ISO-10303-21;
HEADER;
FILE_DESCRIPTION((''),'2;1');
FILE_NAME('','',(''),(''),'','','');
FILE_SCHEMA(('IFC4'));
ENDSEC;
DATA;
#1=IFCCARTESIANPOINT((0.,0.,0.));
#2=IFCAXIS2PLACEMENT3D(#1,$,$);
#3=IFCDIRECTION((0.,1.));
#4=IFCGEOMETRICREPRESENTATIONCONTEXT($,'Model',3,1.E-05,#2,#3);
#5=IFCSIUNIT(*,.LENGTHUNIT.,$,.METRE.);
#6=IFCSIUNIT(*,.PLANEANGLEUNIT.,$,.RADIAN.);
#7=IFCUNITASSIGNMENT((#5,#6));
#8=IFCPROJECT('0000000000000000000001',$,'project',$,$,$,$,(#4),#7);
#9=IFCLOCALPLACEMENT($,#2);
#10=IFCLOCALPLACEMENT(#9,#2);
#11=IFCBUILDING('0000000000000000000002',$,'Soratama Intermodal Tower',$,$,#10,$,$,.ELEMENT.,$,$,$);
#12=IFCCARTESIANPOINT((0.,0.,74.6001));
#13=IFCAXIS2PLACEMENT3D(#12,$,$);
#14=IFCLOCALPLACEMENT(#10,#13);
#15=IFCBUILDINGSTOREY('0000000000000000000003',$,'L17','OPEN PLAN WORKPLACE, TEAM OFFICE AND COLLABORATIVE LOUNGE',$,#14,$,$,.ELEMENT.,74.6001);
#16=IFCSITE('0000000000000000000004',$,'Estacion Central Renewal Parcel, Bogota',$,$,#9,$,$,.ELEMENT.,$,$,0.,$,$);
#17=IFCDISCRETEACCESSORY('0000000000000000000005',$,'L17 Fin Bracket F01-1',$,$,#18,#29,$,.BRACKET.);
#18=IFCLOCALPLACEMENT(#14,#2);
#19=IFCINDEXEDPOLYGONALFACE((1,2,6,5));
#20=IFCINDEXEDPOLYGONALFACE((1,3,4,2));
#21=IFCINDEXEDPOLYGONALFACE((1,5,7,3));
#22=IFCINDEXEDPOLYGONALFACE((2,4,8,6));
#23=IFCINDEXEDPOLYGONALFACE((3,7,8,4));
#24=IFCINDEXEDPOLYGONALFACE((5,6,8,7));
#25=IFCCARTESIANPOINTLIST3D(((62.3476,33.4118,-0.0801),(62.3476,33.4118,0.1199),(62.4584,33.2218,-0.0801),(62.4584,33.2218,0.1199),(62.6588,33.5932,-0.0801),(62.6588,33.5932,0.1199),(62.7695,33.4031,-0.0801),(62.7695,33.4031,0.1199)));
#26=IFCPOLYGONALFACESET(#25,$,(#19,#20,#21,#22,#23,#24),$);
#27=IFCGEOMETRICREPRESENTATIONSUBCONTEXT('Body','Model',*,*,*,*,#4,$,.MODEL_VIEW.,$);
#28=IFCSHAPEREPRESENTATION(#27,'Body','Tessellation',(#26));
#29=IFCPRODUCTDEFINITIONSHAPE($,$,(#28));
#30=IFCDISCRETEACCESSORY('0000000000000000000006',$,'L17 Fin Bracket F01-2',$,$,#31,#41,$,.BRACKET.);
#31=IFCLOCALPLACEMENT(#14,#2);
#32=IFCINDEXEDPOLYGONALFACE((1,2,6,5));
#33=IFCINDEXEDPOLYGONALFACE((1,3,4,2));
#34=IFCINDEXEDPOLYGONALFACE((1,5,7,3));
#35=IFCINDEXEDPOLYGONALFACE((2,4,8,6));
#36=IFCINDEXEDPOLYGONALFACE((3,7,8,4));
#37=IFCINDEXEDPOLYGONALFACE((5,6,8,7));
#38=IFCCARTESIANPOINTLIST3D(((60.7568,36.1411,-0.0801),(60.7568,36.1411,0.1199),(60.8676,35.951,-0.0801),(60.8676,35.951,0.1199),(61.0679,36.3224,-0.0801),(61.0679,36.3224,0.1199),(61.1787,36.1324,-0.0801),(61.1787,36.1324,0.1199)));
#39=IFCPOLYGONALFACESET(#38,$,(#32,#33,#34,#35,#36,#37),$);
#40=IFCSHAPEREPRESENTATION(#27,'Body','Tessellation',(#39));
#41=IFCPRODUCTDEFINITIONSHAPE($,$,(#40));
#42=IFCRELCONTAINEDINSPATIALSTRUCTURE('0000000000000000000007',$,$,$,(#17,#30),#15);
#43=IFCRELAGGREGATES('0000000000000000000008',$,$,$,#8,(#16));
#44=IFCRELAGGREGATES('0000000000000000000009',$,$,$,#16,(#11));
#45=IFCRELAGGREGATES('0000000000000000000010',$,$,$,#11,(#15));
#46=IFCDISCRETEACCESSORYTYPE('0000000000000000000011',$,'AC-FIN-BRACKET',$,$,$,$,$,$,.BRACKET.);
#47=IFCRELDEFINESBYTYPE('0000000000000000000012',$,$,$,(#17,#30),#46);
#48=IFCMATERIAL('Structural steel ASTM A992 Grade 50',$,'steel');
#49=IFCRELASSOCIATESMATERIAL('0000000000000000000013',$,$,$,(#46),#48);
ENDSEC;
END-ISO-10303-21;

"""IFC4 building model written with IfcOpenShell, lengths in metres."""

from ifc_helpers import new_model, si_unit, direction, frame, origin, origin_2d, place, context, subcontext, project, spatial, rectangle, extrude, material, type_object, element, save


model = new_model("IFC4")

# Units and contexts
model_context = context("Model", 3, precision=1e-05, world=origin(), true_north=direction((0.0, 1.0)))
body_context = subcontext(model_context, "Body", "Model", "MODEL_VIEW")
ifc_project = project(units=[si_unit("LENGTHUNIT", "METRE"), si_unit("PLANEANGLEUNIT", "RADIAN")], contexts=[model_context])

# Site, building, storey
site_placement = place(None, origin())
site = spatial("IfcSite", under=ifc_project, at=site_placement, Name="Estacion Central Renewal Parcel, Bogota", CompositionType="ELEMENT", RefElevation=0.0)
building_placement = place(site_placement, origin())
building = spatial("IfcBuilding", under=site, at=building_placement, Name="Soratama Intermodal Tower", CompositionType="ELEMENT")
storey_placement = place(building_placement, frame((0.0, 0.0, 74.6001)))
storey = spatial("IfcBuildingStorey", under=building, at=storey_placement, Name="L17", Description="OPEN PLAN WORKPLACE, TEAM OFFICE AND COLLABORATIVE LOUNGE", CompositionType="ELEMENT", Elevation=74.6001)

# Discrete accessories
ifc_material_1 = material(Name="Structural steel ASTM A992 Grade 50", Category="steel")
discrete_accessory_type = type_object("IfcDiscreteAccessoryType", Name="AC-FIN-BRACKET", PredefinedType="BRACKET", material=ifc_material_1)
for number, where, z_axis, x_axis, name in (
    (1, (62.5586, 33.4075, -0.0801), (0.0, 0.0, 1.0), (0.863923, 0.503623, 0.0), "L17 Fin Bracket F01-1"),
    (2, (60.9678, 36.1367, -0.0801), (0.0, 0.0, 1.0), (0.863923, 0.503623, 0.0), "L17 Fin Bracket F01-2"),
):
    element("IfcDiscreteAccessory", number, at=place(storey_placement, frame(where, z_axis=z_axis, x_axis=x_axis)), inside=storey, type_object=discrete_accessory_type, Name=name, PredefinedType="BRACKET", context=body_context, shape_type="SweptSolid", body=[
        extrude(rectangle(XDim=0.3601, YDim=0.22, at=origin_2d()), origin(), (0.0, 0.0, 1.0), 0.2),
    ])

save(model, "model.ifc")
